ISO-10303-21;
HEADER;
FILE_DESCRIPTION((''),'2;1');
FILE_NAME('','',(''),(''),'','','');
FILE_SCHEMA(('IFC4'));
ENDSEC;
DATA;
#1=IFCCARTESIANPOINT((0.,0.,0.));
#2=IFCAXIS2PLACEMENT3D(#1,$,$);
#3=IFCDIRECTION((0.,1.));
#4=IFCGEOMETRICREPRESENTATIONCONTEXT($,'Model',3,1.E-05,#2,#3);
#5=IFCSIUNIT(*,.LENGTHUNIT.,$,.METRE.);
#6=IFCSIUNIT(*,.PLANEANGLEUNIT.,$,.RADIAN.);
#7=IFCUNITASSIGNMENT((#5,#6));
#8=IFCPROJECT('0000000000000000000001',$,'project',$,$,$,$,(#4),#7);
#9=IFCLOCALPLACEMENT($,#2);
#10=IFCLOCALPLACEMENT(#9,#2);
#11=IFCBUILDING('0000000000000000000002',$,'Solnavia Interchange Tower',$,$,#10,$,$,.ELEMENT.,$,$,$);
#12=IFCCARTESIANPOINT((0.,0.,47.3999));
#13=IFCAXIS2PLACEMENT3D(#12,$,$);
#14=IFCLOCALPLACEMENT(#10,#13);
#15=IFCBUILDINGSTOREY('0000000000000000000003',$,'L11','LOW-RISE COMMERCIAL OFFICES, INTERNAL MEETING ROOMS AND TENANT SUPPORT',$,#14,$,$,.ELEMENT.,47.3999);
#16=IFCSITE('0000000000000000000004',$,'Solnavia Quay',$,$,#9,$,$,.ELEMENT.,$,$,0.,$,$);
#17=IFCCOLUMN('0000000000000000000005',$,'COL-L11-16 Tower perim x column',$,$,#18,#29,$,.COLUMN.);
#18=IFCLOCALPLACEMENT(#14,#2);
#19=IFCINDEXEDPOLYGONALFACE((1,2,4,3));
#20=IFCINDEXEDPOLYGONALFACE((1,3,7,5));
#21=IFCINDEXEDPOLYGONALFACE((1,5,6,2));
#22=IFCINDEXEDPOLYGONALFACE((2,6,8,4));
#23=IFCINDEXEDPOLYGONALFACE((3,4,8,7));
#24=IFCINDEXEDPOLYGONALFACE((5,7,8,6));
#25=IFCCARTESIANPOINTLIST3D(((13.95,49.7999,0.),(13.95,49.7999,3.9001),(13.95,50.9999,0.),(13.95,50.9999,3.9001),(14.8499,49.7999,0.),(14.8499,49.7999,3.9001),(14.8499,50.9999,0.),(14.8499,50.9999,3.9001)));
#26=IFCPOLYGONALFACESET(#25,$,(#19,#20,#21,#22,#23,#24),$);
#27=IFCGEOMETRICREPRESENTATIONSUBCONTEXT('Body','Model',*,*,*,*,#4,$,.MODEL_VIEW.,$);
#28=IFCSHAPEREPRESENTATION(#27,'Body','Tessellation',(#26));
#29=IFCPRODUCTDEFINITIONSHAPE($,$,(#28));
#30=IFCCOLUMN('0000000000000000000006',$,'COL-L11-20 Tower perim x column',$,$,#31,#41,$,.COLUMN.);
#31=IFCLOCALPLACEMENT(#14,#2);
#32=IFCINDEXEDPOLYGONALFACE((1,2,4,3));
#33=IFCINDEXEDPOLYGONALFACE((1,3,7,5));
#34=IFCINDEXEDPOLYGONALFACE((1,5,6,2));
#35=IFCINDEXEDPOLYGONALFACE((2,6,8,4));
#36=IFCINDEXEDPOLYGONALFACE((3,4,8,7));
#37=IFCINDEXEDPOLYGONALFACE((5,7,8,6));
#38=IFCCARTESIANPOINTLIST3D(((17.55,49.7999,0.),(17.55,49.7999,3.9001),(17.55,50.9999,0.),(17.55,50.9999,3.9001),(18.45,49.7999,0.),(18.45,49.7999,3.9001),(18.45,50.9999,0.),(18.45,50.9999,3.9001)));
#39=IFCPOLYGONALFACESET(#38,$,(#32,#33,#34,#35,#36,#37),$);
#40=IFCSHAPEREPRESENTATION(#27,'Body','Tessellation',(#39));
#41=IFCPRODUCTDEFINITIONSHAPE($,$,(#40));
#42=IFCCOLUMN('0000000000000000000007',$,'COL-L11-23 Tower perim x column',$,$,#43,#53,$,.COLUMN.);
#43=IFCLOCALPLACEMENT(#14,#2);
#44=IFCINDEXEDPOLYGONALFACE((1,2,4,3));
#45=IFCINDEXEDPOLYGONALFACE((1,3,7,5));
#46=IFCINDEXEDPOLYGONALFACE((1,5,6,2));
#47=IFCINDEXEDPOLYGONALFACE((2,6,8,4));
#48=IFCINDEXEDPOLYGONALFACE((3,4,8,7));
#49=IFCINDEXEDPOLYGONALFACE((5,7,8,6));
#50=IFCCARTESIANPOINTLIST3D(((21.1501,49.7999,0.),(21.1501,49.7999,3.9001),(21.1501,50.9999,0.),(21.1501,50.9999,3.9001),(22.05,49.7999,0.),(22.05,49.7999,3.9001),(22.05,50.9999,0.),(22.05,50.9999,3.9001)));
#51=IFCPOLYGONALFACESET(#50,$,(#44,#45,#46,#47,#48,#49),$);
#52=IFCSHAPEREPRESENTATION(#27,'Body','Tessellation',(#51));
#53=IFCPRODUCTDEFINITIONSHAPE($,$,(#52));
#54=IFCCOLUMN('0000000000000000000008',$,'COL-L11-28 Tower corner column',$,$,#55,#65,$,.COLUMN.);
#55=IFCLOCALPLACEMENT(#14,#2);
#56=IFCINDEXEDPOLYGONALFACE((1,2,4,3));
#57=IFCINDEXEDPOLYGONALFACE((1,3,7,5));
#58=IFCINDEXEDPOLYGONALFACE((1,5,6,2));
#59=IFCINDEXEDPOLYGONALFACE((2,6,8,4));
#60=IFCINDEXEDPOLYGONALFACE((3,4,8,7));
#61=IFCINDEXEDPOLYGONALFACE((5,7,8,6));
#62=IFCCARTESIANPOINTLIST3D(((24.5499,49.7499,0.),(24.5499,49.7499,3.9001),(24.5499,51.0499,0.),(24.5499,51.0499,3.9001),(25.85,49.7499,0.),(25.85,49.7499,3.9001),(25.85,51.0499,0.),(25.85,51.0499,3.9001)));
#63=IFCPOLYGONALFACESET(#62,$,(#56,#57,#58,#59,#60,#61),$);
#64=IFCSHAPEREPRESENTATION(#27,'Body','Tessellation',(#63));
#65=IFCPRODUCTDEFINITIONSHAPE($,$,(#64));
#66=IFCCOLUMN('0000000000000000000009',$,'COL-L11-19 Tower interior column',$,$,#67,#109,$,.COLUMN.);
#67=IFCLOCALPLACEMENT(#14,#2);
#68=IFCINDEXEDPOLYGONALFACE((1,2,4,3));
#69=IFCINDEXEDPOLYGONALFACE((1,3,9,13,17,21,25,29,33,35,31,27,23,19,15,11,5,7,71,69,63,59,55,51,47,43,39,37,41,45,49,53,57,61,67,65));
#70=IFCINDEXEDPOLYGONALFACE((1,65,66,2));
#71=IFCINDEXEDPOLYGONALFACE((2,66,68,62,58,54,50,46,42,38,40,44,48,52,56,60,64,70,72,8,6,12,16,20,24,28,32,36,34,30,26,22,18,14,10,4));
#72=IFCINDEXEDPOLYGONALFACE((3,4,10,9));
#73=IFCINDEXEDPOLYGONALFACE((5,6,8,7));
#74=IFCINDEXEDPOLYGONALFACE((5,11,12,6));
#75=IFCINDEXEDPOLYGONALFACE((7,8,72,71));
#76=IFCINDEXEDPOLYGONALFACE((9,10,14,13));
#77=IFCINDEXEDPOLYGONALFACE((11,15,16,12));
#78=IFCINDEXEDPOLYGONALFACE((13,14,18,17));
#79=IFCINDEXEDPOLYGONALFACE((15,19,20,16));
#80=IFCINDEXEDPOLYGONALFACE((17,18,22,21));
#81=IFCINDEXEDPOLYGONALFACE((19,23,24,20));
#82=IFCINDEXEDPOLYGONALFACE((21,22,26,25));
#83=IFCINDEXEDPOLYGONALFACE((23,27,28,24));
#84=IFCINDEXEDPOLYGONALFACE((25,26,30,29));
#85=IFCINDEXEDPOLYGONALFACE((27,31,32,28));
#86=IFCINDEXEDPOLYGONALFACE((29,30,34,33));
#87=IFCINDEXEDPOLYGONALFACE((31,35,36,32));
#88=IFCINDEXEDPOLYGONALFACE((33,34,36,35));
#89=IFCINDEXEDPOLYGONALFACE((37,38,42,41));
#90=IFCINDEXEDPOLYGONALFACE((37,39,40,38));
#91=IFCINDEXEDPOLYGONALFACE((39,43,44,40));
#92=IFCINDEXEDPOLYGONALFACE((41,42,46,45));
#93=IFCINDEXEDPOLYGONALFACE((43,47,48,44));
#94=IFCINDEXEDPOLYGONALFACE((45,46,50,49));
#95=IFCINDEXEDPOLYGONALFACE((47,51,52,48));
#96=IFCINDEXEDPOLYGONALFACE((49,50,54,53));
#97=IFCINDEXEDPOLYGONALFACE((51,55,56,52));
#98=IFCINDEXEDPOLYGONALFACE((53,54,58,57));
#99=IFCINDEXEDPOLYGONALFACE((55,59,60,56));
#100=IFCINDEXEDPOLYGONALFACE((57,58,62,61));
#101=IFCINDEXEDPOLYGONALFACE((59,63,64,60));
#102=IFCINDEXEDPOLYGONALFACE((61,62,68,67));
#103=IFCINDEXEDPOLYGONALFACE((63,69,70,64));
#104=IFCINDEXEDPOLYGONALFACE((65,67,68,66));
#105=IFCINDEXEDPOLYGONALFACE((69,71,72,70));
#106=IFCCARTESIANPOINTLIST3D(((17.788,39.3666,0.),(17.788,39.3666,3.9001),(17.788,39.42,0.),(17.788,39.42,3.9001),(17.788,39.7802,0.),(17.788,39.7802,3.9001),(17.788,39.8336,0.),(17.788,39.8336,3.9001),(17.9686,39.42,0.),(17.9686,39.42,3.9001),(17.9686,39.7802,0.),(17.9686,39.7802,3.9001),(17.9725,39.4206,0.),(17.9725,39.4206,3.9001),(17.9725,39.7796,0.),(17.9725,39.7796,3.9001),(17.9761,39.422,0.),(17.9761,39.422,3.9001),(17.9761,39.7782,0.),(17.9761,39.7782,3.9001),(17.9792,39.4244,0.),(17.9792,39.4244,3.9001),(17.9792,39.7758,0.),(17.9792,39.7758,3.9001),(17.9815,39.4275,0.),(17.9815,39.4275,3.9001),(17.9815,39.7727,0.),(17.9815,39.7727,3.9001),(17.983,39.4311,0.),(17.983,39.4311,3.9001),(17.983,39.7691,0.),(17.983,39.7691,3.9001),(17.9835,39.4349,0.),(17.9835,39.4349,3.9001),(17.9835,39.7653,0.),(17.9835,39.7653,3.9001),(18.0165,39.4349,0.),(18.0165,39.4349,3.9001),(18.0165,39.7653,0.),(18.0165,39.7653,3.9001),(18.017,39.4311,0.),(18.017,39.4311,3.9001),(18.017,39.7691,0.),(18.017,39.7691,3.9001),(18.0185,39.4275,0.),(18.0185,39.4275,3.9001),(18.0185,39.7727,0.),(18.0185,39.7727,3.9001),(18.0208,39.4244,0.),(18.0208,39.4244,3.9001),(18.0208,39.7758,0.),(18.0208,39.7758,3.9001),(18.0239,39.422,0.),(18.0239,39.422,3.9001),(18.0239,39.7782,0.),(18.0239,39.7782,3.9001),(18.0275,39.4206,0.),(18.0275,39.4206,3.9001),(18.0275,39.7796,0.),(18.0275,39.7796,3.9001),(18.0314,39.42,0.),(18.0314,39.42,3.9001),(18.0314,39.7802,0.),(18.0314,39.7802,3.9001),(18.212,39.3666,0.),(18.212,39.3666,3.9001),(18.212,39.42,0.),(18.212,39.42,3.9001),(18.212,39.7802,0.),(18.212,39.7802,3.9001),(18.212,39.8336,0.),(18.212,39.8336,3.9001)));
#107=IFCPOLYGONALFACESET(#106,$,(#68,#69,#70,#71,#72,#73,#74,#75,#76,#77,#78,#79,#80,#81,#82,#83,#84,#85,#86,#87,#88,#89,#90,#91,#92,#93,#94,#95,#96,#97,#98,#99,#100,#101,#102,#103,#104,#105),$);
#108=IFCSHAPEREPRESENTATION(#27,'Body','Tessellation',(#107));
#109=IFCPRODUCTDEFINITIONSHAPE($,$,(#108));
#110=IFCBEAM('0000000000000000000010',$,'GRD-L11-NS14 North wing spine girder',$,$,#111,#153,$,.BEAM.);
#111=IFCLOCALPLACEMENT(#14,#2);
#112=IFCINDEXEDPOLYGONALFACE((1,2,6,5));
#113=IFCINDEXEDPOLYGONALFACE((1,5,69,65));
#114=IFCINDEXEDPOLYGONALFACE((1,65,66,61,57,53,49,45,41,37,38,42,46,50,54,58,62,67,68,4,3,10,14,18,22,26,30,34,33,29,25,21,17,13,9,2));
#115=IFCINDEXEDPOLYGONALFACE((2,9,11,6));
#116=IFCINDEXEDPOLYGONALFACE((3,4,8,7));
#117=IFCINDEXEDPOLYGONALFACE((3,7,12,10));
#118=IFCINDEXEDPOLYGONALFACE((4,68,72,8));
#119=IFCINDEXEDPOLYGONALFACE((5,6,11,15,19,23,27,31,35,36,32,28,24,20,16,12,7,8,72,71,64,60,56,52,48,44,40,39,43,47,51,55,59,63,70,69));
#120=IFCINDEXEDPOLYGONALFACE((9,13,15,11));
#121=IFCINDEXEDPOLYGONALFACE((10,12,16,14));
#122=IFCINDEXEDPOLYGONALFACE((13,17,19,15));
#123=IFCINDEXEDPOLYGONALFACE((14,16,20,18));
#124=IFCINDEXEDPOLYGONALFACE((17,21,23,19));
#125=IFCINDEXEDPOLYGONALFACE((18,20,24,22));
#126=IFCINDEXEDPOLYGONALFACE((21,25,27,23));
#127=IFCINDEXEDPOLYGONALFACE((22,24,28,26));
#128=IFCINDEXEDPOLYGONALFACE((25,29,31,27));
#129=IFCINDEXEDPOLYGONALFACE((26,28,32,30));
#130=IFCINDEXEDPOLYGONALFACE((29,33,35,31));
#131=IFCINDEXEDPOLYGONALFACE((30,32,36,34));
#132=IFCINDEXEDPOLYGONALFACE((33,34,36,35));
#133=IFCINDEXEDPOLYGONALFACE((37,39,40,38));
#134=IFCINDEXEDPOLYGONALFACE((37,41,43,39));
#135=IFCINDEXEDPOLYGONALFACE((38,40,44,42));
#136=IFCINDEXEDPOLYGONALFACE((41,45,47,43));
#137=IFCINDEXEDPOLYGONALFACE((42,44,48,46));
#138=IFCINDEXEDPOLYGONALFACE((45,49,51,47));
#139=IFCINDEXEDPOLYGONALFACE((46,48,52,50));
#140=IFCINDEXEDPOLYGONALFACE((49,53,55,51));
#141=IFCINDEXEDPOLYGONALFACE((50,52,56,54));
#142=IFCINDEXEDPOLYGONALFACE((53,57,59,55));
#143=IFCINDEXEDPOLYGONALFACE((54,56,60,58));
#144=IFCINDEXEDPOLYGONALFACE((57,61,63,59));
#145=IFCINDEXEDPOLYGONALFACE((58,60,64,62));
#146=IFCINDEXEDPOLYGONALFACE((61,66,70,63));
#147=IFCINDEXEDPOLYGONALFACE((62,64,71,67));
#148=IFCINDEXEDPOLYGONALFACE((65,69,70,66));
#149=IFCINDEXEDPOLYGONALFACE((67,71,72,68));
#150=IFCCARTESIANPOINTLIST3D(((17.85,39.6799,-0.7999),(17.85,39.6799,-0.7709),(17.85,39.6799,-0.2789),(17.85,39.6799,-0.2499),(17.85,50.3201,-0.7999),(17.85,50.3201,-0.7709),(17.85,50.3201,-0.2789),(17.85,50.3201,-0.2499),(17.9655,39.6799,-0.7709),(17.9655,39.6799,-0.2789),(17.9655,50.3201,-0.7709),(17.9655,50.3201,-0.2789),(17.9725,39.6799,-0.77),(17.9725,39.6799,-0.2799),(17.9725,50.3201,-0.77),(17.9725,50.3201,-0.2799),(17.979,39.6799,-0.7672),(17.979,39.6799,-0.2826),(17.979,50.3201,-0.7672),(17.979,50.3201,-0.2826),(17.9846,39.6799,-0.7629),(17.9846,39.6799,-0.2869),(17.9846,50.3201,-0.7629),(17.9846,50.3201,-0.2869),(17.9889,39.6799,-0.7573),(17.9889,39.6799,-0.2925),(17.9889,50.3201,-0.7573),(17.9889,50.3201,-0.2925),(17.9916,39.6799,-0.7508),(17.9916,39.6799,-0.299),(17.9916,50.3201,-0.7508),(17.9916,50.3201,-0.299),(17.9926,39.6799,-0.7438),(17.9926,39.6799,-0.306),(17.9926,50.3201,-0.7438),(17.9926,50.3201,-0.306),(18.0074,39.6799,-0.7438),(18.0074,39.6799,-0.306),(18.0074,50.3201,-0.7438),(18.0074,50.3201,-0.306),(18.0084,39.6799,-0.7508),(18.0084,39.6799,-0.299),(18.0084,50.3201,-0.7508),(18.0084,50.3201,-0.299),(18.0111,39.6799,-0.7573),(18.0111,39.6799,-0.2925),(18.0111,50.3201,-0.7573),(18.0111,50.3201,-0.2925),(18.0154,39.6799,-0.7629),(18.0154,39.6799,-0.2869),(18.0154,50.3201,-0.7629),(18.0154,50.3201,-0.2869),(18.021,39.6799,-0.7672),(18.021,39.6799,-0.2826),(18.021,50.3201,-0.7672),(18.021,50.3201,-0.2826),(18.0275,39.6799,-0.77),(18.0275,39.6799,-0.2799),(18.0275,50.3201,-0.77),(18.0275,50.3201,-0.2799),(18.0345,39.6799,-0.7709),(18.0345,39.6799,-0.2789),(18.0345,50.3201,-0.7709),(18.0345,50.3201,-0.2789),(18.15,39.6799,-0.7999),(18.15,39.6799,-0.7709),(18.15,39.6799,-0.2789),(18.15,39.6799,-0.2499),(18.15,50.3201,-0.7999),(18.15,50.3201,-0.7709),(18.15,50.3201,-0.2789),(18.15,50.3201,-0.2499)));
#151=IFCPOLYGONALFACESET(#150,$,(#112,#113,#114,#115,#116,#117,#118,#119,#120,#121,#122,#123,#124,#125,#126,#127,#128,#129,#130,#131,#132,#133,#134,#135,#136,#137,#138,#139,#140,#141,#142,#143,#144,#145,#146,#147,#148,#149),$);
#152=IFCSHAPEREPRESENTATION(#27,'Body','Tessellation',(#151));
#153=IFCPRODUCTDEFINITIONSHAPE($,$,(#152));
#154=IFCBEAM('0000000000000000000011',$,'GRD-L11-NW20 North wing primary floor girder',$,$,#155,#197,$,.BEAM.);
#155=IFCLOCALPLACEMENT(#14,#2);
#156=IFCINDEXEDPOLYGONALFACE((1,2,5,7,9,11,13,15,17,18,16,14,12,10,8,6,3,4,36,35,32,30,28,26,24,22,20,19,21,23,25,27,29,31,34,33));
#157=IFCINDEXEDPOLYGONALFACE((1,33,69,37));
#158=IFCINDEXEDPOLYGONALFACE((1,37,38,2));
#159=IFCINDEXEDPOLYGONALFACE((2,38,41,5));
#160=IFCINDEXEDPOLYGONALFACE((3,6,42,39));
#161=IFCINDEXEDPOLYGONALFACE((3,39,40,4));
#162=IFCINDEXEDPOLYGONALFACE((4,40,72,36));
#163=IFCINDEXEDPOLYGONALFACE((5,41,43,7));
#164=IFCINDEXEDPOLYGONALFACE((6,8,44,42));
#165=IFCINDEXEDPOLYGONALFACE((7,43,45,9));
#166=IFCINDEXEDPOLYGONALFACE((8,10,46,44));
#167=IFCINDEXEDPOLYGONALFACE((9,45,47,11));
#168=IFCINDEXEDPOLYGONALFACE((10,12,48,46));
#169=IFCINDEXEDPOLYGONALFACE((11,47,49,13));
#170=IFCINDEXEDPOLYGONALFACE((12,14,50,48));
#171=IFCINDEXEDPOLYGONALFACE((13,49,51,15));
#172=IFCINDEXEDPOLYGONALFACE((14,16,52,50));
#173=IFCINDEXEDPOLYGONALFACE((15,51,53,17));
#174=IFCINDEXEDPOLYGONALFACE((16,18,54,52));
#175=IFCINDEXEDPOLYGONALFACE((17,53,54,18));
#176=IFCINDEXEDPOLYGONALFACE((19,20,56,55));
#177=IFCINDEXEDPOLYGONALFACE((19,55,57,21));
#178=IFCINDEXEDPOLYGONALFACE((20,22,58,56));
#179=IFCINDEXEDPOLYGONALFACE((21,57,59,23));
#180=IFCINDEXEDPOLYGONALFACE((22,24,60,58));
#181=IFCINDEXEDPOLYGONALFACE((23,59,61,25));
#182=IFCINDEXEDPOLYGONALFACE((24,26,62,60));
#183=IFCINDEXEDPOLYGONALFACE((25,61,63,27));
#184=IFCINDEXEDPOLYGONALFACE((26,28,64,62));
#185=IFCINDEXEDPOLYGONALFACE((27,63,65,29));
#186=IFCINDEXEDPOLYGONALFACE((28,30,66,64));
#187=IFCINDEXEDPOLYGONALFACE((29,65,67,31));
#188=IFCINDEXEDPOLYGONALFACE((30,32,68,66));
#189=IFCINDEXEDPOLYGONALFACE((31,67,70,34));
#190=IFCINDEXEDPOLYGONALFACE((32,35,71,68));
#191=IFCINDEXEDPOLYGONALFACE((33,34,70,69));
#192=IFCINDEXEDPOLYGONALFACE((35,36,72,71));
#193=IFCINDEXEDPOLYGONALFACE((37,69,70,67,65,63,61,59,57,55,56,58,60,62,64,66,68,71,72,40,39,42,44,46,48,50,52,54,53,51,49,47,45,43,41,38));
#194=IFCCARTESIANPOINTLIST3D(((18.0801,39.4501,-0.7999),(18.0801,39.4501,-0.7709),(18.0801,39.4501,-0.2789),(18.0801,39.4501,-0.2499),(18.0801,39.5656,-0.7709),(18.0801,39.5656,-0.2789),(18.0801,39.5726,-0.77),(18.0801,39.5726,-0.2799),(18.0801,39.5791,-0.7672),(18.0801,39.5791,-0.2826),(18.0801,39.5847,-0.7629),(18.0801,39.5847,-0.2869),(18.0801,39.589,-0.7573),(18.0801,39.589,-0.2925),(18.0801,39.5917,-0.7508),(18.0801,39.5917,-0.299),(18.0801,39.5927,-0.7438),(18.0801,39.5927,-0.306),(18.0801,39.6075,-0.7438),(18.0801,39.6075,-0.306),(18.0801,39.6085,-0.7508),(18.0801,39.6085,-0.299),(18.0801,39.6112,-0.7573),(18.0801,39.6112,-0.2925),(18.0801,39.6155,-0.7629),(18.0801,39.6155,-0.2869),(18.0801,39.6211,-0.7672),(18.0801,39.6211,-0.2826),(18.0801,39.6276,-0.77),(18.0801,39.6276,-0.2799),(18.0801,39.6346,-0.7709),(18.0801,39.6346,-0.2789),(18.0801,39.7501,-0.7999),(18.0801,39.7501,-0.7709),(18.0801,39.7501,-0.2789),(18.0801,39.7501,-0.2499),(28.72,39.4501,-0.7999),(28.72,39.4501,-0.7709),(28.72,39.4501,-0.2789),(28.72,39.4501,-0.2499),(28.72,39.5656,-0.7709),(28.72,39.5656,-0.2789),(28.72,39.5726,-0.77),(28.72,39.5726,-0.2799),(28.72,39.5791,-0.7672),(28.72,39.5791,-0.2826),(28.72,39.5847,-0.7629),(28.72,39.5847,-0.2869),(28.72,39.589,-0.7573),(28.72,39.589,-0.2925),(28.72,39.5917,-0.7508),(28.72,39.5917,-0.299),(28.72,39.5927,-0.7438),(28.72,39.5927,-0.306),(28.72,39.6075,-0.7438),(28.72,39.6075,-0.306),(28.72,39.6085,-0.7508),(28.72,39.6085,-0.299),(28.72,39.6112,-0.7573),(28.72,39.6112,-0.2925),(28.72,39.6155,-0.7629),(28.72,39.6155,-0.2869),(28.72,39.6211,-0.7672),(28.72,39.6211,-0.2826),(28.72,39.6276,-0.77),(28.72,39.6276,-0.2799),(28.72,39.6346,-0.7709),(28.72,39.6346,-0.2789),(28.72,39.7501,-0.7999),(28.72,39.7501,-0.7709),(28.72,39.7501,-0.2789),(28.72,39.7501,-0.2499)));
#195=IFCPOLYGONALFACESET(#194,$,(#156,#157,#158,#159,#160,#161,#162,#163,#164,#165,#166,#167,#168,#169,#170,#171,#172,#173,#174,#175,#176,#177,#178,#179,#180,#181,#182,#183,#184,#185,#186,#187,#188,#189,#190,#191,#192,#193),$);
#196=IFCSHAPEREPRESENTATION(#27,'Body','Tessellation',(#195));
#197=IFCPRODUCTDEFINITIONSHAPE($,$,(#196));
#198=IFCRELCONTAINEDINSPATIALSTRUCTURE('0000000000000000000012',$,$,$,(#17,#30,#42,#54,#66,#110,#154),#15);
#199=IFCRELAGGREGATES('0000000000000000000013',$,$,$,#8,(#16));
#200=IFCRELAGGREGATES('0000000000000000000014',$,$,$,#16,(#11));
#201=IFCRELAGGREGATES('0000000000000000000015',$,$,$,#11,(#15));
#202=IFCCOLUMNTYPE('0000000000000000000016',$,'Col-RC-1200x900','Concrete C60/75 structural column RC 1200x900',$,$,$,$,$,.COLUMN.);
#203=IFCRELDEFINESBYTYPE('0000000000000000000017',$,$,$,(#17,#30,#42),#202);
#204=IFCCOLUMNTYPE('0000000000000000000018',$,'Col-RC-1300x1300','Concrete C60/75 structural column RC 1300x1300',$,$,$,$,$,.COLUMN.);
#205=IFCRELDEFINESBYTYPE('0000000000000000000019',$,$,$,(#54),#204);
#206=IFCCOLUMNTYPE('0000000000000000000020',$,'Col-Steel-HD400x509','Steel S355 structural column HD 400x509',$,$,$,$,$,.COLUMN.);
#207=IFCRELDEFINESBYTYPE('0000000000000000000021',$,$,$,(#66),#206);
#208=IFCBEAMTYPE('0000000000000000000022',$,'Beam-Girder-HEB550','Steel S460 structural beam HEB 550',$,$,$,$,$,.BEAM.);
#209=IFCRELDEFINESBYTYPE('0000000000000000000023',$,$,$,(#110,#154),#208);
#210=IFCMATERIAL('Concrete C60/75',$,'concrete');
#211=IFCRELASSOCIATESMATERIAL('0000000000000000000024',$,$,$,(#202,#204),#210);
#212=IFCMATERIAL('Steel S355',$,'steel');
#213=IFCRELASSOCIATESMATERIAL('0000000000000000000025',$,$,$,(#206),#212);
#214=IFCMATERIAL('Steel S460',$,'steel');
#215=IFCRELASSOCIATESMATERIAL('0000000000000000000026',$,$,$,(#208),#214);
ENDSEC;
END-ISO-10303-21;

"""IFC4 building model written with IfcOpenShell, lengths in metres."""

from ifc_helpers import new_model, si_unit, direction, frame, origin, origin_2d, place, context, subcontext, project, spatial, rectangle, i_section, extrude, material, material_profile, profile_set, type_object, element, save


model = new_model("IFC4")

# Units and contexts
model_context = context("Model", 3, precision=1e-05, world=origin(), true_north=direction((0.0, 1.0)))
body_context = subcontext(model_context, "Body", "Model", "MODEL_VIEW")
ifc_project = project(units=[si_unit("LENGTHUNIT", "METRE"), si_unit("PLANEANGLEUNIT", "RADIAN")], contexts=[model_context])

# Site, building, storey
site_placement = place(None, origin())
site = spatial("IfcSite", under=ifc_project, at=site_placement, Name="Solnavia Quay", CompositionType="ELEMENT", RefElevation=0.0)
building_placement = place(site_placement, origin())
building = spatial("IfcBuilding", under=site, at=building_placement, Name="Solnavia Interchange Tower", CompositionType="ELEMENT")
storey_placement = place(building_placement, frame((0.0, 0.0, 47.3999)))
storey = spatial("IfcBuildingStorey", under=building, at=storey_placement, Name="L11", Description="LOW-RISE COMMERCIAL OFFICES, INTERNAL MEETING ROOMS AND TENANT SUPPORT", CompositionType="ELEMENT", Elevation=47.3999)

# Columns
ifc_material_1 = material(Name="Concrete C60/75", Category="concrete")
ifc_material_profile_1 = material_profile(ifc_material_1, rectangle(XDim=0.8999, YDim=1.2, at=origin_2d()), Name="RC 1200x900")
ifc_profile_set_1 = profile_set([ifc_material_profile_1], Name="Concrete C60/75")
column_type_1 = type_object("IfcColumnType", Name="Col-RC-1200x900", Description="Concrete C60/75 structural column RC 1200x900", PredefinedType="COLUMN", material=ifc_profile_set_1)
for number, where, z_axis, x_axis, name in (
    (1, (14.3999, 50.3999, 0.0), (0.0, 0.0, 1.0), (1.0, 0.0, 0.0), "COL-L11-16 Tower perim x column"),
    (2, (18.0, 50.3999, 0.0), (0.0, 0.0, 1.0), (1.0, 0.0, 0.0), "COL-L11-20 Tower perim x column"),
    (3, (21.6001, 50.3999, 0.0), (0.0, 0.0, 1.0), (1.0, 0.0, 0.0), "COL-L11-23 Tower perim x column"),
):
    element("IfcColumn", number, at=place(storey_placement, frame(where, z_axis=z_axis, x_axis=x_axis)), inside=storey, type_object=column_type_1, Name=name, PredefinedType="COLUMN", context=body_context, shape_type="SweptSolid", body=[
        extrude(rectangle(XDim=0.8999, YDim=1.2, at=origin_2d()), origin(), (0.0, 0.0, 1.0), 3.9001),
    ])
ifc_material_profile_2 = material_profile(ifc_material_1, rectangle(XDim=1.3, YDim=1.3, at=origin_2d()), Name="RC 1300x1300")
ifc_profile_set_2 = profile_set([ifc_material_profile_2], Name="Concrete C60/75")
column_type_2 = type_object("IfcColumnType", Name="Col-RC-1300x1300", Description="Concrete C60/75 structural column RC 1300x1300", PredefinedType="COLUMN", material=ifc_profile_set_2)
column_1_placement = place(storey_placement, frame((25.2, 50.3999, 0.0), z_axis=(0.0, 0.0, 1.0), x_axis=(1.0, 0.0, 0.0)))
element("IfcColumn", 4, at=column_1_placement, inside=storey, type_object=column_type_2, Name="COL-L11-28 Tower corner column", PredefinedType="COLUMN", context=body_context, shape_type="SweptSolid", body=[
    extrude(rectangle(XDim=1.3, YDim=1.3, at=origin_2d()), origin(), (0.0, 0.0, 1.0), 3.9001),
])
ifc_material_2 = material(Name="Steel S355", Category="steel")
ifc_material_profile_3 = material_profile(ifc_material_2, i_section(OverallWidth=0.4241, OverallDepth=0.467, WebThickness=0.033, FlangeThickness=0.0535, FilletRadius=0.0149, at=origin_2d()), Name="HD 400x509")
ifc_profile_set_3 = profile_set([ifc_material_profile_3], Name="Steel S355")
column_type_3 = type_object("IfcColumnType", Name="Col-Steel-HD400x509", Description="Steel S355 structural column HD 400x509", PredefinedType="COLUMN", material=ifc_profile_set_3)
column_2_placement = place(storey_placement, frame((18.0, 39.6001, 0.0), z_axis=(0.0, 0.0, 1.0), x_axis=(1.0, 0.0, 0.0)))
element("IfcColumn", 5, at=column_2_placement, inside=storey, type_object=column_type_3, Name="COL-L11-19 Tower interior column", PredefinedType="COLUMN", context=body_context, shape_type="SweptSolid", body=[
    extrude(i_section(OverallWidth=0.4241, OverallDepth=0.467, WebThickness=0.033, FlangeThickness=0.0535, FilletRadius=0.0149, at=origin_2d()), origin(), (0.0, 0.0, 1.0), 3.9001),
])

# Beams
ifc_material_3 = material(Name="Steel S460", Category="steel")
ifc_material_profile_4 = material_profile(ifc_material_3, i_section(OverallWidth=0.3, OverallDepth=0.55, WebThickness=0.0149, FlangeThickness=0.0291, FilletRadius=0.0271, at=origin_2d()), Name="HEB 550")
ifc_profile_set_4 = profile_set([ifc_material_profile_4], Name="Steel S460")
beam_type_1 = type_object("IfcBeamType", Name="Beam-Girder-HEB550", Description="Steel S460 structural beam HEB 550", PredefinedType="BEAM", material=ifc_profile_set_4)
beam_1_placement = place(storey_placement, frame((18.0, 39.6799, -0.5249), z_axis=(0.0, 1.0, 0.0), x_axis=(-1.0, 0.0, 0.0)))
element("IfcBeam", 6, at=beam_1_placement, inside=storey, type_object=beam_type_1, Name="GRD-L11-NS14 North wing spine girder", PredefinedType="BEAM", context=body_context, shape_type="SweptSolid", body=[
    extrude(i_section(OverallWidth=0.3, OverallDepth=0.55, WebThickness=0.0149, FlangeThickness=0.0291, FilletRadius=0.0271, at=origin_2d()), origin(), (0.0, 0.0, 1.0), 10.6401),
])
beam_2_placement = place(storey_placement, frame((18.0801, 39.6001, -0.5249), z_axis=(1.0, 0.0, 0.0), x_axis=(0.0, 1.0, 0.0)))
element("IfcBeam", 7, at=beam_2_placement, inside=storey, type_object=beam_type_1, Name="GRD-L11-NW20 North wing primary floor girder", PredefinedType="BEAM", context=body_context, shape_type="SweptSolid", body=[
    extrude(i_section(OverallWidth=0.3, OverallDepth=0.55, WebThickness=0.0149, FlangeThickness=0.0291, FilletRadius=0.0271, at=origin_2d()), origin(), (0.0, 0.0, 1.0), 10.6399),
])

save(model, "model.ifc")
